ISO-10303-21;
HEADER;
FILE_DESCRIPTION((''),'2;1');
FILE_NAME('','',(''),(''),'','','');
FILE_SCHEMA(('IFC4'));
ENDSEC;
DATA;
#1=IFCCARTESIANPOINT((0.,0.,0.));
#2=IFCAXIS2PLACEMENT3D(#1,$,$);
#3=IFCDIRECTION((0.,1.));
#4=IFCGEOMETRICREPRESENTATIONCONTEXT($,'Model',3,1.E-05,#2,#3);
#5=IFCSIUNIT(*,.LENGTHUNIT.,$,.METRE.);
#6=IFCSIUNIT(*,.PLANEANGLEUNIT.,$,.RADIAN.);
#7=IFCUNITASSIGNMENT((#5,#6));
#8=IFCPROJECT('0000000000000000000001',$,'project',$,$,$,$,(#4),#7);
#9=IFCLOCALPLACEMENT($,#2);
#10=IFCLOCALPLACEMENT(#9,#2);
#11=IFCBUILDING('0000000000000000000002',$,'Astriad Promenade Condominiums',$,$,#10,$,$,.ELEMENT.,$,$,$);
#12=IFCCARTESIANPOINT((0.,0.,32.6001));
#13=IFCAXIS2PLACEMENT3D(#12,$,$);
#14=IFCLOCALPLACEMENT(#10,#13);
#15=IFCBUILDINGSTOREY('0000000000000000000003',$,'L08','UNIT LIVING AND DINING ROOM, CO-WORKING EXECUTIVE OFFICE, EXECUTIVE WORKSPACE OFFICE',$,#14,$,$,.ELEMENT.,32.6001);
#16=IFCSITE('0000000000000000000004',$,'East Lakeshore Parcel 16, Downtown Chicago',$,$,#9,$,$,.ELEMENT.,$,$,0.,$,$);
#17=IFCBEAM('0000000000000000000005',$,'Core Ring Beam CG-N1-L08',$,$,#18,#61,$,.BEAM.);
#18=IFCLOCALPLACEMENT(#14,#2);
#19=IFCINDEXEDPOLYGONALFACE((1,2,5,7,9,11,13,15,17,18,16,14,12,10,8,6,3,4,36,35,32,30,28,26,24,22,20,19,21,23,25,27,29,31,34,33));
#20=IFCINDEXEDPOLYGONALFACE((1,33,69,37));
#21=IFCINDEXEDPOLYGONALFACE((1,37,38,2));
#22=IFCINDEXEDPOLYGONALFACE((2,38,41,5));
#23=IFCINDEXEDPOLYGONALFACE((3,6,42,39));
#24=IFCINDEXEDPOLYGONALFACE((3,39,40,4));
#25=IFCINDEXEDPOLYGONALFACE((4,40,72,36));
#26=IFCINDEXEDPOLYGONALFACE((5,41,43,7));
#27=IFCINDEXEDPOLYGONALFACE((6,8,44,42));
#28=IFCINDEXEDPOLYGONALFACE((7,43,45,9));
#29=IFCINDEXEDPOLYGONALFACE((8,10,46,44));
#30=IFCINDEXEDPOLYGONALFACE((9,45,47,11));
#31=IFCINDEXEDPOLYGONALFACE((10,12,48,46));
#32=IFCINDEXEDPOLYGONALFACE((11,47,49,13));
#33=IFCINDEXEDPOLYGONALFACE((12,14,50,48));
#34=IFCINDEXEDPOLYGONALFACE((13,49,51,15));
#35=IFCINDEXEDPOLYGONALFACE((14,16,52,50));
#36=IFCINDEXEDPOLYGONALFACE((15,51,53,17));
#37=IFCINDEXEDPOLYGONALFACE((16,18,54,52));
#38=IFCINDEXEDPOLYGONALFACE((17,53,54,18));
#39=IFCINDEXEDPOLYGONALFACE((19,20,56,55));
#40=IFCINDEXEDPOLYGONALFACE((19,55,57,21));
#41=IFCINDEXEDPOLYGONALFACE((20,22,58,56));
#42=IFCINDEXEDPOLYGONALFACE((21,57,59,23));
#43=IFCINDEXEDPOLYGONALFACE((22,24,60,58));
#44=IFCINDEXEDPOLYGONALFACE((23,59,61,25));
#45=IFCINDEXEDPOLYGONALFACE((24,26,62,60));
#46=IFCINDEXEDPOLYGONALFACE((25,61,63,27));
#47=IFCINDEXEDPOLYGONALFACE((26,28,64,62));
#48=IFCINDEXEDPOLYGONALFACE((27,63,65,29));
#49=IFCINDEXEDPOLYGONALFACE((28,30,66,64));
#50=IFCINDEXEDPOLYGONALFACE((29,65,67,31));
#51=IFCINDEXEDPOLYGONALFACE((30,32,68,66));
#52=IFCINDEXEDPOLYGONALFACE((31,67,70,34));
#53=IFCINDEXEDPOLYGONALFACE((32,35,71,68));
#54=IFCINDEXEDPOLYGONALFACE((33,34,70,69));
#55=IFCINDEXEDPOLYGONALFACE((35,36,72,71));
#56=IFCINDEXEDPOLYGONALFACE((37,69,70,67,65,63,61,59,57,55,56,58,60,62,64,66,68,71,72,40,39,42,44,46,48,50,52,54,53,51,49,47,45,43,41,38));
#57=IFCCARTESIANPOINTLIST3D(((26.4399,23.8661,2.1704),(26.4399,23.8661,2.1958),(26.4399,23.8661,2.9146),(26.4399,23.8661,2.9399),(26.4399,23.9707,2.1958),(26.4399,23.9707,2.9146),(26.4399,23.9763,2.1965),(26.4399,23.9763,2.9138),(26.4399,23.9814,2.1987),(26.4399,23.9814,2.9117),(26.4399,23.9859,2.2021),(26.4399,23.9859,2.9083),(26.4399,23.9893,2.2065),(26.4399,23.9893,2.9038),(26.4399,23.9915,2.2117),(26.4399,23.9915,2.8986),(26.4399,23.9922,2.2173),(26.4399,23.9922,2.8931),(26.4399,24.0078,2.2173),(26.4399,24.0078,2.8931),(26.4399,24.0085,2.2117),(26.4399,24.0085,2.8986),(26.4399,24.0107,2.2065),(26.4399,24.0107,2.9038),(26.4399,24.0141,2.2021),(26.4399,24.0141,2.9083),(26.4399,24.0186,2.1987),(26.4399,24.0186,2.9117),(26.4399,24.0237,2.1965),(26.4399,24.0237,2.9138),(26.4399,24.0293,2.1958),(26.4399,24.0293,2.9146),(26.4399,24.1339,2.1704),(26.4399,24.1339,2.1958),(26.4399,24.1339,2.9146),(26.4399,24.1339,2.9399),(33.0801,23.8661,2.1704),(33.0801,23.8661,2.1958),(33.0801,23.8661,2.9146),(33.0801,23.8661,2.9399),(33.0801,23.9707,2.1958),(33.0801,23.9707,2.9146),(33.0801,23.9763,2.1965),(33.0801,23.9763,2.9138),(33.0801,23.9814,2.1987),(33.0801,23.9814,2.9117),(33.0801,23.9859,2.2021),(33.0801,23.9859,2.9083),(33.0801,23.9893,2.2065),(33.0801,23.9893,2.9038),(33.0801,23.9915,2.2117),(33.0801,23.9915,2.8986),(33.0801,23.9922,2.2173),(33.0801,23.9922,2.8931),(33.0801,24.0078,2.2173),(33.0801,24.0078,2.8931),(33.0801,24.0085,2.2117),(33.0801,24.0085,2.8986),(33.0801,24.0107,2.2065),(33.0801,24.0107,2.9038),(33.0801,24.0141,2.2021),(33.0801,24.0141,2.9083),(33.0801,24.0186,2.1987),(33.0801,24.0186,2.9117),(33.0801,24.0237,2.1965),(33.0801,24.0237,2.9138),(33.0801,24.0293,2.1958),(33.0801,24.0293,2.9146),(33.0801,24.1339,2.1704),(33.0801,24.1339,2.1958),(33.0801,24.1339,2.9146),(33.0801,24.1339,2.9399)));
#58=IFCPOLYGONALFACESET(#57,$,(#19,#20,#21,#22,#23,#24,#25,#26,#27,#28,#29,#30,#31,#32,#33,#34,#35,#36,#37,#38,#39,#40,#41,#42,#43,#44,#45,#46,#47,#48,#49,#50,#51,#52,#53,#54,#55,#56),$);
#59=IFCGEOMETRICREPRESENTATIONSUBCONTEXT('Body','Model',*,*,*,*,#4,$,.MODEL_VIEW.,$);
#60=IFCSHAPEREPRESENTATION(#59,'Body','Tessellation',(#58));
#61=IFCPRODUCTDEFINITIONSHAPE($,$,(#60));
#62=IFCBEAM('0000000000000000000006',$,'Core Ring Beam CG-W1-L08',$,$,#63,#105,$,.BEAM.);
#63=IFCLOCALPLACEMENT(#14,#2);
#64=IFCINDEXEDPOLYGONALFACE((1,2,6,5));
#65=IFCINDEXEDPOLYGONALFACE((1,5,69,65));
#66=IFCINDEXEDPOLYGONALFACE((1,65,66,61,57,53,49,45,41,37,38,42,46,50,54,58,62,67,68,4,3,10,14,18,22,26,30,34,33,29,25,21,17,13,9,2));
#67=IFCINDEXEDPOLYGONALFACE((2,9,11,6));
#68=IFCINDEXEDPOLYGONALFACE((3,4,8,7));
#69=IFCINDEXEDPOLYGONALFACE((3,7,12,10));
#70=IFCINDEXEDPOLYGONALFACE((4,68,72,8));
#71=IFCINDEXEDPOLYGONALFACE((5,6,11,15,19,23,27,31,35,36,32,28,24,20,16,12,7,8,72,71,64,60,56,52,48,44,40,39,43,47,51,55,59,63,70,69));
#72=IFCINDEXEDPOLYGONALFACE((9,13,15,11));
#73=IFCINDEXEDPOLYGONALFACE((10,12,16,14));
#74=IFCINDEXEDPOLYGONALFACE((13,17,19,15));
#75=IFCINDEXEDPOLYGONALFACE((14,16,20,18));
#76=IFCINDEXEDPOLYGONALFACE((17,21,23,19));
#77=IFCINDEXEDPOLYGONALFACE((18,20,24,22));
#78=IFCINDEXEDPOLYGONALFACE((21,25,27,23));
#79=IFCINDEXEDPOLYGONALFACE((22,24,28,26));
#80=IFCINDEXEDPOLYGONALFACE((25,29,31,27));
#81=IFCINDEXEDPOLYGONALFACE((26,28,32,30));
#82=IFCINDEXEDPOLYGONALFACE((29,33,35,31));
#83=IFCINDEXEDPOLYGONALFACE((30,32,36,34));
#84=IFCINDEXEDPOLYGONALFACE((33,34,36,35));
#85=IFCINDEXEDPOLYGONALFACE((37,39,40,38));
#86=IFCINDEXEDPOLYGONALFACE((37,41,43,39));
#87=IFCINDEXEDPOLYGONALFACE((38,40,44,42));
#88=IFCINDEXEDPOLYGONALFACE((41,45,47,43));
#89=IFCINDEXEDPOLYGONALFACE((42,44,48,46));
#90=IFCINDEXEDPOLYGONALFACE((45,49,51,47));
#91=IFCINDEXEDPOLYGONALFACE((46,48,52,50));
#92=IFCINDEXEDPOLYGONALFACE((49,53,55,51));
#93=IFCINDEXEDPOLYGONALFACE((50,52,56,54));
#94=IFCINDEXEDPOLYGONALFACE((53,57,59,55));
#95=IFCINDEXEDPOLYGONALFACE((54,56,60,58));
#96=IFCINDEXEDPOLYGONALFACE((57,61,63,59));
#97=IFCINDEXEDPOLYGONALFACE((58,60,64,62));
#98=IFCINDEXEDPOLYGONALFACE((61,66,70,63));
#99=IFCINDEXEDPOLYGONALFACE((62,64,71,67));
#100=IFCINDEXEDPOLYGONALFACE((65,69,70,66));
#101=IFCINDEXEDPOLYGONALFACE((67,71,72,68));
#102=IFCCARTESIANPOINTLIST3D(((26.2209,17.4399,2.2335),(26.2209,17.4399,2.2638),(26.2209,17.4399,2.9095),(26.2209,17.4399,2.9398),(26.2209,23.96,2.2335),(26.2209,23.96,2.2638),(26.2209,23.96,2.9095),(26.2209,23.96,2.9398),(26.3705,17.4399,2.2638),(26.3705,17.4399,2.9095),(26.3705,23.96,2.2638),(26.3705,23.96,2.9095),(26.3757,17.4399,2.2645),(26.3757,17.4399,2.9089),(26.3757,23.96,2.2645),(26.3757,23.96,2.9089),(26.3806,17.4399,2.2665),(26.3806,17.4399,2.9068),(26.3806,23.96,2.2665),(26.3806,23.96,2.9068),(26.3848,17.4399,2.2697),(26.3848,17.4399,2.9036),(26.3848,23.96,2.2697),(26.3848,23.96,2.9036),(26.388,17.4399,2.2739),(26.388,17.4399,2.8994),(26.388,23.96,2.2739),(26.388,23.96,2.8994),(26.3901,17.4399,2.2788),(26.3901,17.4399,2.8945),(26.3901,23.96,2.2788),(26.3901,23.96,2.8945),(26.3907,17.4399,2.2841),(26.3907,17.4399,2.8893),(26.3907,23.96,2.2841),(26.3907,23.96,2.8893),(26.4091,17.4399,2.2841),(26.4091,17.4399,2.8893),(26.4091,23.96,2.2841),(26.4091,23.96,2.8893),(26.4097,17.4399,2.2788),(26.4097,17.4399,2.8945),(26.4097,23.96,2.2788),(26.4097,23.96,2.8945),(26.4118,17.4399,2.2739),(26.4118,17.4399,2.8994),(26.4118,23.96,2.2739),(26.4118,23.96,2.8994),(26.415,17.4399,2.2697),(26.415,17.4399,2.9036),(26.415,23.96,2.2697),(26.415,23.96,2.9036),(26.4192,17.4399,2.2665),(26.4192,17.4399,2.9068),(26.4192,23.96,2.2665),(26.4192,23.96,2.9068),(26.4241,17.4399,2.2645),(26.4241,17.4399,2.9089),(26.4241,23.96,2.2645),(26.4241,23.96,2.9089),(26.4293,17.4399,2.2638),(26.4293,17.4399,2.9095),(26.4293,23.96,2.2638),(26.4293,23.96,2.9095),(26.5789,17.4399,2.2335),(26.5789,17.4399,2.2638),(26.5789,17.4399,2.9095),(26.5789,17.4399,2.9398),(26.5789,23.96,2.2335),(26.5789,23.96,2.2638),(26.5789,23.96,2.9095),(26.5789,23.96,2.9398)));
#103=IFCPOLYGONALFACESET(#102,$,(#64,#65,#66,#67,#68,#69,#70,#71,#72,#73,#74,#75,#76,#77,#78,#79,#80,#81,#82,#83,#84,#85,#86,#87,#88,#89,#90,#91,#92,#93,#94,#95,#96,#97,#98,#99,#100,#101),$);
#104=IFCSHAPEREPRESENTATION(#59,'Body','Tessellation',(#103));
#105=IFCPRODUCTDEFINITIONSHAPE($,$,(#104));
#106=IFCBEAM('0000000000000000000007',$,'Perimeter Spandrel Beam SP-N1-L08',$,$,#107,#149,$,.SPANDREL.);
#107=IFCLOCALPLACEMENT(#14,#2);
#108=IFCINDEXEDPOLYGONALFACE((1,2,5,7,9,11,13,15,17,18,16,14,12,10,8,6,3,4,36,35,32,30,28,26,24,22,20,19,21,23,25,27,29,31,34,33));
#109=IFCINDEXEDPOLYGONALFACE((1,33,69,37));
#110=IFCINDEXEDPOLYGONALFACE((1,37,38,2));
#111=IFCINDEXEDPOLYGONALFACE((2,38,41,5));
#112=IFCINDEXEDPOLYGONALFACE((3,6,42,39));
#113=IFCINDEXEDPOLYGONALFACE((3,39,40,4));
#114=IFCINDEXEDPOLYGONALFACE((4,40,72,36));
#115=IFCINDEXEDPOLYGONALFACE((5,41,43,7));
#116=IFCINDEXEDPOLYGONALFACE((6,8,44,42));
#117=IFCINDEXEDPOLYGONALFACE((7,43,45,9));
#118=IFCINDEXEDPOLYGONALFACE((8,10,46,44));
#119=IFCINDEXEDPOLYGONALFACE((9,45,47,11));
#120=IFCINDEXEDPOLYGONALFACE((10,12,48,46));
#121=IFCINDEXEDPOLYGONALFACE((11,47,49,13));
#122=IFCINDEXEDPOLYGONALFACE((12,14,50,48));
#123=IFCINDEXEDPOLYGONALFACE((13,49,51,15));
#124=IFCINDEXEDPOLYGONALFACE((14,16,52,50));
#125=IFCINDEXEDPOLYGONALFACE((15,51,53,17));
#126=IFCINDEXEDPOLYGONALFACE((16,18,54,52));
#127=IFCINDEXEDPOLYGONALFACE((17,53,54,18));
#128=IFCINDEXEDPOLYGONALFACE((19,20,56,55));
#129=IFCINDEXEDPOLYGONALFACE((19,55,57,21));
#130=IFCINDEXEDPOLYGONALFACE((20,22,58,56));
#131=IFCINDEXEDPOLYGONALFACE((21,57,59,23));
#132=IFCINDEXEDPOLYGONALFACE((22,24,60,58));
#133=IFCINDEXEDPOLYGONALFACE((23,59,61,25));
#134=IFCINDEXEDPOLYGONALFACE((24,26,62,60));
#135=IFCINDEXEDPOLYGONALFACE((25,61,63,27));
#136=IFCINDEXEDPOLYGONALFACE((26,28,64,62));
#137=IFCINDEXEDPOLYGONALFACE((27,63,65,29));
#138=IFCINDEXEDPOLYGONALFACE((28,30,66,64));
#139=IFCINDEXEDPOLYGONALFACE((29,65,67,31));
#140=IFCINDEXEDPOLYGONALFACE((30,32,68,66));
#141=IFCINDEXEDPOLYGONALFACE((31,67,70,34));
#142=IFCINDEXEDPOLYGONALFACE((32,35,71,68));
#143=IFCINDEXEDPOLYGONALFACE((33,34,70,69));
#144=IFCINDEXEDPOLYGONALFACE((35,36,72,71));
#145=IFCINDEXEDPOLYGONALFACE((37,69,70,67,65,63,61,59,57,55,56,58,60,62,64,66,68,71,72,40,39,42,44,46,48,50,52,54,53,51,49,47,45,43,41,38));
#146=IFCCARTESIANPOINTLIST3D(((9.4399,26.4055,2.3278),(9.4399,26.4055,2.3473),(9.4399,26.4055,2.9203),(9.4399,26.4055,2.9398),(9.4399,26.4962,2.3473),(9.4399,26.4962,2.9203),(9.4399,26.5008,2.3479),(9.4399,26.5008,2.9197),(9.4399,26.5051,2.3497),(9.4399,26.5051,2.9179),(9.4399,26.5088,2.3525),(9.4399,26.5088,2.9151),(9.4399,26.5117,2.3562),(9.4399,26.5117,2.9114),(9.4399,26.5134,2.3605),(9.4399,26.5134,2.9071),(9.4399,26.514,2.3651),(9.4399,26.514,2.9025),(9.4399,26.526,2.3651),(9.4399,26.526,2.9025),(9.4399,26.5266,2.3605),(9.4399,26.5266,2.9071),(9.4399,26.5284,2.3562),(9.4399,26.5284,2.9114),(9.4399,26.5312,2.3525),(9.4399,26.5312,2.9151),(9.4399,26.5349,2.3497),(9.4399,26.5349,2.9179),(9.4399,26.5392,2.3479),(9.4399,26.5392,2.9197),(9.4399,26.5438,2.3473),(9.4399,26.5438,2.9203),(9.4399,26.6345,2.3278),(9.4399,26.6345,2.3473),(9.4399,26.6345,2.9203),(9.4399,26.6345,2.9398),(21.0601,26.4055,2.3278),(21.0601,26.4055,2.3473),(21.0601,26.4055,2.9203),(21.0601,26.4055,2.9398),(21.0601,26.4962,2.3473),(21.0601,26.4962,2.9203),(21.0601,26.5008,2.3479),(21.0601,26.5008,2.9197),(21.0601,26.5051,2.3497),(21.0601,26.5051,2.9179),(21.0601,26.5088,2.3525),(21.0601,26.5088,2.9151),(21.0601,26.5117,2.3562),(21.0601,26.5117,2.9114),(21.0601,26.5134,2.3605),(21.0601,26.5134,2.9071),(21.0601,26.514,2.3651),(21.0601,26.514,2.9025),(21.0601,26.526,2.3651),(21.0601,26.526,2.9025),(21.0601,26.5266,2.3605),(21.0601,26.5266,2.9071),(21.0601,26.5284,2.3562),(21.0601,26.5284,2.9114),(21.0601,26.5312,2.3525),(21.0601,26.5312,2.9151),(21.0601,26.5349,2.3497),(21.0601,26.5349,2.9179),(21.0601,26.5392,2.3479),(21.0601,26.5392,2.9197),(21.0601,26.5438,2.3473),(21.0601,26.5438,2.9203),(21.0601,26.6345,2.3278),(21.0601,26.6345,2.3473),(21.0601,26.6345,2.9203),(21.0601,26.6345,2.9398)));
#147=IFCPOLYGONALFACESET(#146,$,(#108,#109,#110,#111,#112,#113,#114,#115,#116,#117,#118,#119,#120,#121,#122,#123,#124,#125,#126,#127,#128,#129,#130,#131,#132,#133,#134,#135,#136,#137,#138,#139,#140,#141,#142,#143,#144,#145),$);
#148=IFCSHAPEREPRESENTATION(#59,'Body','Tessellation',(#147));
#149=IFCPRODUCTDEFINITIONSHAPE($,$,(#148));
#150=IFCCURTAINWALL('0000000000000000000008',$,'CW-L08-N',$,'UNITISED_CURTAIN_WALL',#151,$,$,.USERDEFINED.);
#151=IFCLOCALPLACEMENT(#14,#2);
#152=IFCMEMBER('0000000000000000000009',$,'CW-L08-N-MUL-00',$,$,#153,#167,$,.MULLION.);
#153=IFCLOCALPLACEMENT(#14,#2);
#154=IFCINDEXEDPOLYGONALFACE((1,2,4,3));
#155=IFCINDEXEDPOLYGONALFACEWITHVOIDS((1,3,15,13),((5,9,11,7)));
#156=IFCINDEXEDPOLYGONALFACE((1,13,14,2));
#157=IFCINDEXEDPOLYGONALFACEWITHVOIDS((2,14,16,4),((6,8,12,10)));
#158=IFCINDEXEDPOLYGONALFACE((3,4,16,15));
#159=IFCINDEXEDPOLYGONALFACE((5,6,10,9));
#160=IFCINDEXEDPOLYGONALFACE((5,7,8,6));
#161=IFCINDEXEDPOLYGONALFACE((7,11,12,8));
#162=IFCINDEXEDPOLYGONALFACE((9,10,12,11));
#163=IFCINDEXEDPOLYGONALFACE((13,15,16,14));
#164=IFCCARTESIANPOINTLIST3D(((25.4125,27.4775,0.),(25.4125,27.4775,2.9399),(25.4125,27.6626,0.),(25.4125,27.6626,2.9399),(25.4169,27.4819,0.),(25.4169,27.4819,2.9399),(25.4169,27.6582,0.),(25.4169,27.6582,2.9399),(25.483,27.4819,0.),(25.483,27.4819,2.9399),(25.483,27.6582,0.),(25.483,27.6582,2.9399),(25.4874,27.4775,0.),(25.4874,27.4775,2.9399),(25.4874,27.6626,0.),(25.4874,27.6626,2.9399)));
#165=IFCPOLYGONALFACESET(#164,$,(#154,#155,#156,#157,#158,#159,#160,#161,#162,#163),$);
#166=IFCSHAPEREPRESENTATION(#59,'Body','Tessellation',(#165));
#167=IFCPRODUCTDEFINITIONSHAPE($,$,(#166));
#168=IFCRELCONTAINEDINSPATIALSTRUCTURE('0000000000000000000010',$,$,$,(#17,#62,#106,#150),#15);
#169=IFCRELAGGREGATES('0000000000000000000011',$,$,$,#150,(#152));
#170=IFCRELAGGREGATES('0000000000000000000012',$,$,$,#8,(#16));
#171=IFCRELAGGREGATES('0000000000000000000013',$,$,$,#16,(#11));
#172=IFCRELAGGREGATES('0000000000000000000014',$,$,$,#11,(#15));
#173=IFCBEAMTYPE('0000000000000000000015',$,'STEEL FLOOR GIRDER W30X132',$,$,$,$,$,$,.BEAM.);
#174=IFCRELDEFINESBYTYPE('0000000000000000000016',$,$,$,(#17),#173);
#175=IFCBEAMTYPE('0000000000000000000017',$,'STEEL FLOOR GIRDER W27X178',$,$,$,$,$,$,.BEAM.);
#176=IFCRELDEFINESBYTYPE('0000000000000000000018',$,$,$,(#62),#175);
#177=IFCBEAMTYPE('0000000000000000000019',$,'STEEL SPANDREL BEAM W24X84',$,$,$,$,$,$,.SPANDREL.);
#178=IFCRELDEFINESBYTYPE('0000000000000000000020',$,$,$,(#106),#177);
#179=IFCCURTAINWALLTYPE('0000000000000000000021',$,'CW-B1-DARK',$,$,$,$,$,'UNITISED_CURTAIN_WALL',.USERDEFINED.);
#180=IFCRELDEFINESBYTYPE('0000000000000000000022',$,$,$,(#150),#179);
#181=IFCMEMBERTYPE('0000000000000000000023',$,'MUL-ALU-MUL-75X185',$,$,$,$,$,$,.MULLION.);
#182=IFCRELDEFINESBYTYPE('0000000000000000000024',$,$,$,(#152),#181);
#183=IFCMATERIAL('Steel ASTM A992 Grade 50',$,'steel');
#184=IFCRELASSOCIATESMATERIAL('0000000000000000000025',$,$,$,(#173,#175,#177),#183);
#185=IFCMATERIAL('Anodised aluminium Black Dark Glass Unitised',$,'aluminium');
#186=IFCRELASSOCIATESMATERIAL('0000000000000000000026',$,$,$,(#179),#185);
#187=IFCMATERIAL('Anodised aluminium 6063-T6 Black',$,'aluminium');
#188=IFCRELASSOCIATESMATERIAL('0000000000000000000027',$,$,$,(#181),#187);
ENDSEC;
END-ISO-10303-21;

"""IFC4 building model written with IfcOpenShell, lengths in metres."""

from ifc_helpers import new_model, si_unit, direction, frame, origin, origin_2d, place, context, subcontext, project, spatial, hollow_rectangle, i_section, extrude, source, transform, mapped, material, material_profile, profile_set, type_object, type_shapes, element, aggregate, save


model = new_model("IFC4")

# Units and contexts
model_context = context("Model", 3, precision=1e-05, world=origin(), true_north=direction((0.0, 1.0)))
body_context = subcontext(model_context, "Body", "Model", "MODEL_VIEW")
ifc_project = project(units=[si_unit("LENGTHUNIT", "METRE"), si_unit("PLANEANGLEUNIT", "RADIAN")], contexts=[model_context])

# Site, building, storey
site_placement = place(None, origin())
site = spatial("IfcSite", under=ifc_project, at=site_placement, Name="East Lakeshore Parcel 16, Downtown Chicago", CompositionType="ELEMENT", RefElevation=0.0)
building_placement = place(site_placement, origin())
building = spatial("IfcBuilding", under=site, at=building_placement, Name="Astriad Promenade Condominiums", CompositionType="ELEMENT")
storey_placement = place(building_placement, frame((0.0, 0.0, 32.6001)))
storey = spatial("IfcBuildingStorey", under=building, at=storey_placement, Name="L08", Description="UNIT LIVING AND DINING ROOM, CO-WORKING EXECUTIVE OFFICE, EXECUTIVE WORKSPACE OFFICE", CompositionType="ELEMENT", Elevation=32.6001)

# Shared definitions
ifc_material_1 = material(Name="Steel ASTM A992 Grade 50", Category="steel")

# Beams
ifc_material_profile_1 = material_profile(ifc_material_1, i_section(OverallWidth=0.2678, OverallDepth=0.7695, WebThickness=0.0156, FlangeThickness=0.0254, FilletRadius=0.0215, at=origin_2d()), Name="W30X132")
ifc_profile_set_1 = profile_set([ifc_material_profile_1], Name="Steel ASTM A992 Grade 50")
beam_type_1 = type_object("IfcBeamType", Name="STEEL FLOOR GIRDER W30X132", PredefinedType="BEAM", material=ifc_profile_set_1)
shared_shape_1 = source(origin(), body_context, "Body", "SweptSolid", [
    extrude(i_section(OverallWidth=0.2678, OverallDepth=0.7695, WebThickness=0.0156, FlangeThickness=0.0254, FilletRadius=0.0215, at=origin_2d()), origin(), (0.0, 0.0, 1.0), 6.6401),
])
type_shapes(beam_type_1, [shared_shape_1])
beam_1_placement = place(storey_placement, frame((26.4399, 24.0, 2.5552), z_axis=(1.0, 0.0, 0.0), x_axis=(0.0, 1.0, 0.0)))
element("IfcBeam", 1, at=beam_1_placement, inside=storey, type_object=beam_type_1, Name="Core Ring Beam CG-N1-L08", PredefinedType="BEAM", context=body_context, shape_type="MappedRepresentation", body=[
    mapped(shared_shape_1, transform((0.0, 0.0, 0.0), scale=1.0)),
])
ifc_material_profile_2 = material_profile(ifc_material_1, i_section(OverallWidth=0.3579, OverallDepth=0.7063, WebThickness=0.0183, FlangeThickness=0.0303, FilletRadius=0.0203, at=origin_2d()), Name="W27X178")
ifc_profile_set_2 = profile_set([ifc_material_profile_2], Name="Steel ASTM A992 Grade 50")
beam_type_2 = type_object("IfcBeamType", Name="STEEL FLOOR GIRDER W27X178", PredefinedType="BEAM", material=ifc_profile_set_2)
shared_shape_2 = source(origin(), body_context, "Body", "SweptSolid", [
    extrude(i_section(OverallWidth=0.3579, OverallDepth=0.7063, WebThickness=0.0183, FlangeThickness=0.0303, FilletRadius=0.0203, at=origin_2d()), origin(), (0.0, 0.0, 1.0), 6.52),
])
type_shapes(beam_type_2, [shared_shape_2])
beam_2_placement = place(storey_placement, frame((26.3999, 17.4399, 2.5867), z_axis=(0.0, 1.0, 0.0), x_axis=(-1.0, 0.0, 0.0)))
element("IfcBeam", 2, at=beam_2_placement, inside=storey, type_object=beam_type_2, Name="Core Ring Beam CG-W1-L08", PredefinedType="BEAM", context=body_context, shape_type="MappedRepresentation", body=[
    mapped(shared_shape_2, transform((0.0, 0.0, 0.0), scale=1.0)),
])
ifc_material_profile_3 = material_profile(ifc_material_1, i_section(OverallWidth=0.229, OverallDepth=0.6121, WebThickness=0.012, FlangeThickness=0.0195, FilletRadius=0.0178, at=origin_2d()), Name="W24X84")
ifc_profile_set_3 = profile_set([ifc_material_profile_3], Name="Steel ASTM A992 Grade 50")
beam_type_3 = type_object("IfcBeamType", Name="STEEL SPANDREL BEAM W24X84", PredefinedType="SPANDREL", material=ifc_profile_set_3)
shared_shape_3 = source(origin(), body_context, "Body", "SweptSolid", [
    extrude(i_section(OverallWidth=0.229, OverallDepth=0.6121, WebThickness=0.012, FlangeThickness=0.0195, FilletRadius=0.0178, at=origin_2d()), origin(), (0.0, 0.0, 1.0), 11.6201),
])
type_shapes(beam_type_3, [shared_shape_3])
beam_3_placement = place(storey_placement, frame((21.0601, 26.52, 2.6338), z_axis=(-1.0, 0.0, 0.0), x_axis=(0.0, -1.0, 0.0)))
element("IfcBeam", 3, at=beam_3_placement, inside=storey, type_object=beam_type_3, Name="Perimeter Spandrel Beam SP-N1-L08", PredefinedType="SPANDREL", context=body_context, shape_type="MappedRepresentation", body=[
    mapped(shared_shape_3, transform((0.0, 0.0, 0.0), scale=1.0)),
])

# Curtain wall, member
ifc_material_2 = material(Name="Anodised aluminium Black Dark Glass Unitised", Category="aluminium")
curtain_wall_type = type_object("IfcCurtainWallType", Name="CW-B1-DARK", ElementType="UNITISED_CURTAIN_WALL", PredefinedType="USERDEFINED", material=ifc_material_2)
curtain_wall_placement = place(storey_placement, origin())
curtain_wall = element("IfcCurtainWall", 4, at=curtain_wall_placement, inside=storey, type_object=curtain_wall_type, Name="CW-L08-N", ObjectType="UNITISED_CURTAIN_WALL", PredefinedType="USERDEFINED")
ifc_material_3 = material(Name="Anodised aluminium 6063-T6 Black", Category="aluminium")
ifc_material_profile_4 = material_profile(ifc_material_3, hollow_rectangle(XDim=0.075, YDim=0.1851, WallThickness=0.0044, at=origin_2d()), Name="ALU-MUL-75X185")
ifc_profile_set_4 = profile_set([ifc_material_profile_4], Name="Anodised aluminium 6063-T6 Black")
member_type_1 = type_object("IfcMemberType", Name="MUL-ALU-MUL-75X185", PredefinedType="MULLION", material=ifc_profile_set_4)
shared_shape_4 = source(origin(), body_context, "Body", "SweptSolid", [
    extrude(hollow_rectangle(XDim=0.075, YDim=0.1851, WallThickness=0.0044, at=origin_2d()), origin(), (0.0, 0.0, 1.0), 2.9399),
])
type_shapes(member_type_1, [shared_shape_4])
member_1_placement = place(storey_placement, frame((25.45, 27.5701, 0.0), z_axis=(0.0, 0.0, 1.0), x_axis=(1.0, 0.0, 0.0)))
member_1 = element("IfcMember", 5, at=member_1_placement, type_object=member_type_1, Name="CW-L08-N-MUL-00", PredefinedType="MULLION", context=body_context, shape_type="MappedRepresentation", body=[
    mapped(shared_shape_4, transform((0.0, 0.0, 0.0), scale=1.0)),
])
aggregate(curtain_wall, [member_1])

save(model, "model.ifc")
